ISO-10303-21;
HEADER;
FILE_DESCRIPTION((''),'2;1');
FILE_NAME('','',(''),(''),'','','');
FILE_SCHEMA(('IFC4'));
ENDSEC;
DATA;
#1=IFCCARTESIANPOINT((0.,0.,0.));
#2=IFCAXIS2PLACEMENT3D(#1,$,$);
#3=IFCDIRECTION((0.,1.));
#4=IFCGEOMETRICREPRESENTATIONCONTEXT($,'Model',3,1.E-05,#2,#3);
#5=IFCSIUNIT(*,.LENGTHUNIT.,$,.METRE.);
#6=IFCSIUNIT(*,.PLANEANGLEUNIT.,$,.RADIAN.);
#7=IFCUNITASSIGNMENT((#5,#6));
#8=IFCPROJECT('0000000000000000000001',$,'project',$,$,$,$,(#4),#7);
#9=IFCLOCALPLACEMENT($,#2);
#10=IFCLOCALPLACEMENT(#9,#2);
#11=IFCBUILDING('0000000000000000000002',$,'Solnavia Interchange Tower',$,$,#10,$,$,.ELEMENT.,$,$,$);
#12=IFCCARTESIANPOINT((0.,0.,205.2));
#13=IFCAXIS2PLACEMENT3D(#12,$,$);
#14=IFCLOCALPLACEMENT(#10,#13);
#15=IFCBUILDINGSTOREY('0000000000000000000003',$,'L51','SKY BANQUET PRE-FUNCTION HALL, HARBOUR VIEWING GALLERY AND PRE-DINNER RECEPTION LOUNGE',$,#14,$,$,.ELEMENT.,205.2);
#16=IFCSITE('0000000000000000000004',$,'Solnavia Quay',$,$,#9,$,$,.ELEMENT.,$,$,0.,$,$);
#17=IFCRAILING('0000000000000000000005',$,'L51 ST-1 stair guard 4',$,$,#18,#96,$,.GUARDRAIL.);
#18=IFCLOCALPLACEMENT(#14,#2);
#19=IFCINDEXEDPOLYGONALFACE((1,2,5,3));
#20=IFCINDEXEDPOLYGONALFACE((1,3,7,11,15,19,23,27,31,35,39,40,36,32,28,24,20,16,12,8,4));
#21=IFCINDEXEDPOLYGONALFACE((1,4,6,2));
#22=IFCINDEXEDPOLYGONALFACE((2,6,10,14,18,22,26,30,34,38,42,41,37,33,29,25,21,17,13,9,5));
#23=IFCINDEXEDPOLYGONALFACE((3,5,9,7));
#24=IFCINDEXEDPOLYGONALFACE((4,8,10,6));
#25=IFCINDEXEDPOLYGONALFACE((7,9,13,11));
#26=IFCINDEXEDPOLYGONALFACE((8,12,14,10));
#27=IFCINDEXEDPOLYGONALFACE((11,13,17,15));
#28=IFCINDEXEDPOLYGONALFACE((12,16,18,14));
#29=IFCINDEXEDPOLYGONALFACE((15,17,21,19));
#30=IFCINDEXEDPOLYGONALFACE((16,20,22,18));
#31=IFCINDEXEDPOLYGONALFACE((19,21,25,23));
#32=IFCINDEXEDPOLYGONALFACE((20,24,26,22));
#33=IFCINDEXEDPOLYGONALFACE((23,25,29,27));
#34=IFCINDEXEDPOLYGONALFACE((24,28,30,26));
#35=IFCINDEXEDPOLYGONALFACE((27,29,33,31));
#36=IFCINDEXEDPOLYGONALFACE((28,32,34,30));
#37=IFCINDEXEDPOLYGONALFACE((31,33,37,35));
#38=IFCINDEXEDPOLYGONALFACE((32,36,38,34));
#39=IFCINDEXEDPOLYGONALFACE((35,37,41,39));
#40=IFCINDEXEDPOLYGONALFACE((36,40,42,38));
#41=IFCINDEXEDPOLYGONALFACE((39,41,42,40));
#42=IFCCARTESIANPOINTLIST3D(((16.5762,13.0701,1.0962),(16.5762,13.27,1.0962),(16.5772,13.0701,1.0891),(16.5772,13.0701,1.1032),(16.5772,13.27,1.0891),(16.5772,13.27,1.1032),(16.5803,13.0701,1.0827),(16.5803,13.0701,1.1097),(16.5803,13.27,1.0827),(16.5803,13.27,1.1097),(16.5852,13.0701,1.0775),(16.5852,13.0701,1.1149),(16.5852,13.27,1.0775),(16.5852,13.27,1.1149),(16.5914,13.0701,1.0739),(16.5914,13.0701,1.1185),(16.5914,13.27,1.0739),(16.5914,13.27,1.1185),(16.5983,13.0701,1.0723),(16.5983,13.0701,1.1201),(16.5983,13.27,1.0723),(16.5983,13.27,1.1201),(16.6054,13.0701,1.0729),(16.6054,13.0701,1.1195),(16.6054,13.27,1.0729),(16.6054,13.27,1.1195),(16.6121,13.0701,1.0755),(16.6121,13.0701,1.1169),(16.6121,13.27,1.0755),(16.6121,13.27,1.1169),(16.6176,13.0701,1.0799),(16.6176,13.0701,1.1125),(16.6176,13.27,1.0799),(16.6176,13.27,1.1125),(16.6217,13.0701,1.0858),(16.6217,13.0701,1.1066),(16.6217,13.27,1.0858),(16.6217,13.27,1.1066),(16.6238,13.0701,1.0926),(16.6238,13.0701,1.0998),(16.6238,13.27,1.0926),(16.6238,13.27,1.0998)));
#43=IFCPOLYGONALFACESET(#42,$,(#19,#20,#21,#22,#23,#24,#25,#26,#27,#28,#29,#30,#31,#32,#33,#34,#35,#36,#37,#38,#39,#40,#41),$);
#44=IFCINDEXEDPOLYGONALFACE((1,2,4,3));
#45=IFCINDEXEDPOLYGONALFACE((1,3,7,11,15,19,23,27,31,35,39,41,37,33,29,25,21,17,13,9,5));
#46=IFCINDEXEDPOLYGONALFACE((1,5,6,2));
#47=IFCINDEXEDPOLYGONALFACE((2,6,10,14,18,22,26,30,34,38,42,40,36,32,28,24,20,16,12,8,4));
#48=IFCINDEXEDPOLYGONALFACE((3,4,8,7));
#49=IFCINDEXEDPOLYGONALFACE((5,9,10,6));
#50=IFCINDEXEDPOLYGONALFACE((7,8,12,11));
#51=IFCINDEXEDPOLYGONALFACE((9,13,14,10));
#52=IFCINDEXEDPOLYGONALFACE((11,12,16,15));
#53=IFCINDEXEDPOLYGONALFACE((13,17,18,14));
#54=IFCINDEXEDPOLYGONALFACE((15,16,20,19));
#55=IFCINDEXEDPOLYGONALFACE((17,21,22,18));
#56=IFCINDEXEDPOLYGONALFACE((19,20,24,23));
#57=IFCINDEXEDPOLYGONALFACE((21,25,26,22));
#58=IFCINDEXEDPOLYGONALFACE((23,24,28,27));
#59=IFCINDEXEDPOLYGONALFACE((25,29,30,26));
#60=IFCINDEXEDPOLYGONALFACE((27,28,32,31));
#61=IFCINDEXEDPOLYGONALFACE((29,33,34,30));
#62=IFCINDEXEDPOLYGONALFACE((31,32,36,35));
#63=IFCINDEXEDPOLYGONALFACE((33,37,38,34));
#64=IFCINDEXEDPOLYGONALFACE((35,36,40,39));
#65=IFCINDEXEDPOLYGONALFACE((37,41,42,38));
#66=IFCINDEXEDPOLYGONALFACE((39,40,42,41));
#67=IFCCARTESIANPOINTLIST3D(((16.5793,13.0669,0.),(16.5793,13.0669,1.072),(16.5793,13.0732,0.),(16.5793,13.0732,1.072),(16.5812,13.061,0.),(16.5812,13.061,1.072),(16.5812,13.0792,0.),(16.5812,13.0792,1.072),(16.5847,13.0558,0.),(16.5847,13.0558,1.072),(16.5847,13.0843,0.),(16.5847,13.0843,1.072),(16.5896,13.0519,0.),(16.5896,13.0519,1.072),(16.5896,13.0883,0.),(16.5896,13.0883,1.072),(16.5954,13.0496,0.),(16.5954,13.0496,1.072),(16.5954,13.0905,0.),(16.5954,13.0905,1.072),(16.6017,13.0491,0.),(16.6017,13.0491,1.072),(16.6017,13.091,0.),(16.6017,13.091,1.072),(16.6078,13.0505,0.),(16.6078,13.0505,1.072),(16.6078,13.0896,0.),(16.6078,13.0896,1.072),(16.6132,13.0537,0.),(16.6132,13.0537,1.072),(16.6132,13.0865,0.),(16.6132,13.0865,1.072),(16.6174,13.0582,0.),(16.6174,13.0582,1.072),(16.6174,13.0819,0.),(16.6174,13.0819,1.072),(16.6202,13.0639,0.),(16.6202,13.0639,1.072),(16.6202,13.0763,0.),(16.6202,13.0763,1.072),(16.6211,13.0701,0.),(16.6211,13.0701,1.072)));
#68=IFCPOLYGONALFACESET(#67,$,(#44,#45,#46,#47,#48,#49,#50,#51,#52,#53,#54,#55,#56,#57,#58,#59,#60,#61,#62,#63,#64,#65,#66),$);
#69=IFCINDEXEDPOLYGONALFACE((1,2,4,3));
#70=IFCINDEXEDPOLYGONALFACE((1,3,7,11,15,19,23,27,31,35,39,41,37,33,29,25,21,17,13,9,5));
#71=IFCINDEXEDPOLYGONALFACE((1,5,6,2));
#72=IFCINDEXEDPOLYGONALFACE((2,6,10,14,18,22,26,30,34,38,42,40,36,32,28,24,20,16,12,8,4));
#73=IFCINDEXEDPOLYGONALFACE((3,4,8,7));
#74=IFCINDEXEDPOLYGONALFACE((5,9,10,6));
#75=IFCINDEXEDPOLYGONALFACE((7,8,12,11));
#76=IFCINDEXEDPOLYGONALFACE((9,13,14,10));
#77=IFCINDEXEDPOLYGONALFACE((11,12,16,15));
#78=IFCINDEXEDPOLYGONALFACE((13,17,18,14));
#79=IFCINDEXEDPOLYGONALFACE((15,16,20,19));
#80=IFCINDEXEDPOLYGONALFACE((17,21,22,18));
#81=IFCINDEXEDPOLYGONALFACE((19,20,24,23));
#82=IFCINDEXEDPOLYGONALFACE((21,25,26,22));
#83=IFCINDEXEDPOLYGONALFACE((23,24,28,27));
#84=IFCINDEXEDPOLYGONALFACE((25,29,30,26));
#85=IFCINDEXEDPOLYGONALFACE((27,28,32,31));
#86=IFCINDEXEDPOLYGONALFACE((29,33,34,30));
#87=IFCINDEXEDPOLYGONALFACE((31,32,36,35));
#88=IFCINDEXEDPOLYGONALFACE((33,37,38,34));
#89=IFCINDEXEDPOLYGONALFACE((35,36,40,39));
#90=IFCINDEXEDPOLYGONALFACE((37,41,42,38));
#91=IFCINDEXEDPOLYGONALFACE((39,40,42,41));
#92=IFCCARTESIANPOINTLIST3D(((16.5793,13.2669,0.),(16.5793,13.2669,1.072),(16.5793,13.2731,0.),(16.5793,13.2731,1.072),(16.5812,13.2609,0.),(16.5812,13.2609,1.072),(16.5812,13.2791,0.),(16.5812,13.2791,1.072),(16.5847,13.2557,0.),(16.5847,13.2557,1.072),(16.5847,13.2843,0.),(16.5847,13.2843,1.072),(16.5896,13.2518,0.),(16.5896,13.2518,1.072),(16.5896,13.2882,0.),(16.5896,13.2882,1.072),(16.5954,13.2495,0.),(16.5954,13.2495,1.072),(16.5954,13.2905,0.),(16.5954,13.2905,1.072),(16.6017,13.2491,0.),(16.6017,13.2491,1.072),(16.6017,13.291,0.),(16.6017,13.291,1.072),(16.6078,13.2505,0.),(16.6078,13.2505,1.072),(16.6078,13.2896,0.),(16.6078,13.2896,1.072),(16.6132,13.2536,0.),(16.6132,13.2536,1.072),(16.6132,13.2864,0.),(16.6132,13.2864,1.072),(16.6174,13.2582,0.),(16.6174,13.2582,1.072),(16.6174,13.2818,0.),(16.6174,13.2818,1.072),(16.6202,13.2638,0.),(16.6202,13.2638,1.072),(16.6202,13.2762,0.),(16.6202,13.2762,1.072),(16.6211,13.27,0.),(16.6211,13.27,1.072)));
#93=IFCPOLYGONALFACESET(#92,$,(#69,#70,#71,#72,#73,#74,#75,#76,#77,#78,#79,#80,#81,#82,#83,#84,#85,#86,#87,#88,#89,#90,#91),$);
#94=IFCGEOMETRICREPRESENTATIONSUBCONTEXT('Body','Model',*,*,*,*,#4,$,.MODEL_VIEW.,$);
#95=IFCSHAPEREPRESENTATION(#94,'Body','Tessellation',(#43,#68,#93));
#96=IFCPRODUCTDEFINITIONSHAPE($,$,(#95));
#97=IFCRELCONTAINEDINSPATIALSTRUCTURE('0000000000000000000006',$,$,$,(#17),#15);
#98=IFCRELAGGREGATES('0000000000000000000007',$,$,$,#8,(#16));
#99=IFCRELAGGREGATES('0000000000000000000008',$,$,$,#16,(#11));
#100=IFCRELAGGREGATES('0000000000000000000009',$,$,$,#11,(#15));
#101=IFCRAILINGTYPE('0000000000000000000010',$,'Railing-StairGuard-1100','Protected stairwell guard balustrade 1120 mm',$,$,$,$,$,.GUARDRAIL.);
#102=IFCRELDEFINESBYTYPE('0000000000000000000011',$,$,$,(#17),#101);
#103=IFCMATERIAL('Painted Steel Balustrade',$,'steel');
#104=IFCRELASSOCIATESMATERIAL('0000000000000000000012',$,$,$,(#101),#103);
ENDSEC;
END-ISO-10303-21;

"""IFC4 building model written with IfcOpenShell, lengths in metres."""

from ifc_helpers import new_model, si_unit, direction, frame, origin, origin_2d, place, context, subcontext, project, spatial, circle, extrude, material, type_object, element, save


model = new_model("IFC4")

# Units and contexts
model_context = context("Model", 3, precision=1e-05, world=origin(), true_north=direction((0.0, 1.0)))
body_context = subcontext(model_context, "Body", "Model", "MODEL_VIEW")
ifc_project = project(units=[si_unit("LENGTHUNIT", "METRE"), si_unit("PLANEANGLEUNIT", "RADIAN")], contexts=[model_context])

# Site, building, storey
site_placement = place(None, origin())
site = spatial("IfcSite", under=ifc_project, at=site_placement, Name="Solnavia Quay", CompositionType="ELEMENT", RefElevation=0.0)
building_placement = place(site_placement, origin())
building = spatial("IfcBuilding", under=site, at=building_placement, Name="Solnavia Interchange Tower", CompositionType="ELEMENT")
storey_placement = place(building_placement, frame((0.0, 0.0, 205.2)))
storey = spatial("IfcBuildingStorey", under=building, at=storey_placement, Name="L51", Description="SKY BANQUET PRE-FUNCTION HALL, HARBOUR VIEWING GALLERY AND PRE-DINNER RECEPTION LOUNGE", CompositionType="ELEMENT", Elevation=205.2)

# Railing
ifc_material_1 = material(Name="Painted Steel Balustrade", Category="steel")
railing_type_1 = type_object("IfcRailingType", Name="Railing-StairGuard-1100", Description="Protected stairwell guard balustrade 1120 mm", PredefinedType="GUARDRAIL", material=ifc_material_1)
railing_1_placement = place(storey_placement, frame((16.6001, 13.0701, 0.0)))
element("IfcRailing", 1, at=railing_1_placement, inside=storey, type_object=railing_type_1, Name="L51 ST-1 stair guard 4", PredefinedType="GUARDRAIL", context=body_context, shape_type="SweptSolid", body=[
    extrude(circle(Radius=0.0239, at=origin_2d()), frame((0.0, 0.0, 1.0962), z_axis=(0.0, 1.0, 0.0), x_axis=(-1.0, 0.0, 0.0)), (0.0, 0.0, 1.0), 0.2),
    extrude(circle(Radius=0.021, at=origin_2d()), origin(), (0.0, 0.0, 1.0), 1.072),
    extrude(circle(Radius=0.021, at=origin_2d()), frame((0.0, 0.2, 0.0)), (0.0, 0.0, 1.0), 1.072),
])

save(model, "model.ifc")
